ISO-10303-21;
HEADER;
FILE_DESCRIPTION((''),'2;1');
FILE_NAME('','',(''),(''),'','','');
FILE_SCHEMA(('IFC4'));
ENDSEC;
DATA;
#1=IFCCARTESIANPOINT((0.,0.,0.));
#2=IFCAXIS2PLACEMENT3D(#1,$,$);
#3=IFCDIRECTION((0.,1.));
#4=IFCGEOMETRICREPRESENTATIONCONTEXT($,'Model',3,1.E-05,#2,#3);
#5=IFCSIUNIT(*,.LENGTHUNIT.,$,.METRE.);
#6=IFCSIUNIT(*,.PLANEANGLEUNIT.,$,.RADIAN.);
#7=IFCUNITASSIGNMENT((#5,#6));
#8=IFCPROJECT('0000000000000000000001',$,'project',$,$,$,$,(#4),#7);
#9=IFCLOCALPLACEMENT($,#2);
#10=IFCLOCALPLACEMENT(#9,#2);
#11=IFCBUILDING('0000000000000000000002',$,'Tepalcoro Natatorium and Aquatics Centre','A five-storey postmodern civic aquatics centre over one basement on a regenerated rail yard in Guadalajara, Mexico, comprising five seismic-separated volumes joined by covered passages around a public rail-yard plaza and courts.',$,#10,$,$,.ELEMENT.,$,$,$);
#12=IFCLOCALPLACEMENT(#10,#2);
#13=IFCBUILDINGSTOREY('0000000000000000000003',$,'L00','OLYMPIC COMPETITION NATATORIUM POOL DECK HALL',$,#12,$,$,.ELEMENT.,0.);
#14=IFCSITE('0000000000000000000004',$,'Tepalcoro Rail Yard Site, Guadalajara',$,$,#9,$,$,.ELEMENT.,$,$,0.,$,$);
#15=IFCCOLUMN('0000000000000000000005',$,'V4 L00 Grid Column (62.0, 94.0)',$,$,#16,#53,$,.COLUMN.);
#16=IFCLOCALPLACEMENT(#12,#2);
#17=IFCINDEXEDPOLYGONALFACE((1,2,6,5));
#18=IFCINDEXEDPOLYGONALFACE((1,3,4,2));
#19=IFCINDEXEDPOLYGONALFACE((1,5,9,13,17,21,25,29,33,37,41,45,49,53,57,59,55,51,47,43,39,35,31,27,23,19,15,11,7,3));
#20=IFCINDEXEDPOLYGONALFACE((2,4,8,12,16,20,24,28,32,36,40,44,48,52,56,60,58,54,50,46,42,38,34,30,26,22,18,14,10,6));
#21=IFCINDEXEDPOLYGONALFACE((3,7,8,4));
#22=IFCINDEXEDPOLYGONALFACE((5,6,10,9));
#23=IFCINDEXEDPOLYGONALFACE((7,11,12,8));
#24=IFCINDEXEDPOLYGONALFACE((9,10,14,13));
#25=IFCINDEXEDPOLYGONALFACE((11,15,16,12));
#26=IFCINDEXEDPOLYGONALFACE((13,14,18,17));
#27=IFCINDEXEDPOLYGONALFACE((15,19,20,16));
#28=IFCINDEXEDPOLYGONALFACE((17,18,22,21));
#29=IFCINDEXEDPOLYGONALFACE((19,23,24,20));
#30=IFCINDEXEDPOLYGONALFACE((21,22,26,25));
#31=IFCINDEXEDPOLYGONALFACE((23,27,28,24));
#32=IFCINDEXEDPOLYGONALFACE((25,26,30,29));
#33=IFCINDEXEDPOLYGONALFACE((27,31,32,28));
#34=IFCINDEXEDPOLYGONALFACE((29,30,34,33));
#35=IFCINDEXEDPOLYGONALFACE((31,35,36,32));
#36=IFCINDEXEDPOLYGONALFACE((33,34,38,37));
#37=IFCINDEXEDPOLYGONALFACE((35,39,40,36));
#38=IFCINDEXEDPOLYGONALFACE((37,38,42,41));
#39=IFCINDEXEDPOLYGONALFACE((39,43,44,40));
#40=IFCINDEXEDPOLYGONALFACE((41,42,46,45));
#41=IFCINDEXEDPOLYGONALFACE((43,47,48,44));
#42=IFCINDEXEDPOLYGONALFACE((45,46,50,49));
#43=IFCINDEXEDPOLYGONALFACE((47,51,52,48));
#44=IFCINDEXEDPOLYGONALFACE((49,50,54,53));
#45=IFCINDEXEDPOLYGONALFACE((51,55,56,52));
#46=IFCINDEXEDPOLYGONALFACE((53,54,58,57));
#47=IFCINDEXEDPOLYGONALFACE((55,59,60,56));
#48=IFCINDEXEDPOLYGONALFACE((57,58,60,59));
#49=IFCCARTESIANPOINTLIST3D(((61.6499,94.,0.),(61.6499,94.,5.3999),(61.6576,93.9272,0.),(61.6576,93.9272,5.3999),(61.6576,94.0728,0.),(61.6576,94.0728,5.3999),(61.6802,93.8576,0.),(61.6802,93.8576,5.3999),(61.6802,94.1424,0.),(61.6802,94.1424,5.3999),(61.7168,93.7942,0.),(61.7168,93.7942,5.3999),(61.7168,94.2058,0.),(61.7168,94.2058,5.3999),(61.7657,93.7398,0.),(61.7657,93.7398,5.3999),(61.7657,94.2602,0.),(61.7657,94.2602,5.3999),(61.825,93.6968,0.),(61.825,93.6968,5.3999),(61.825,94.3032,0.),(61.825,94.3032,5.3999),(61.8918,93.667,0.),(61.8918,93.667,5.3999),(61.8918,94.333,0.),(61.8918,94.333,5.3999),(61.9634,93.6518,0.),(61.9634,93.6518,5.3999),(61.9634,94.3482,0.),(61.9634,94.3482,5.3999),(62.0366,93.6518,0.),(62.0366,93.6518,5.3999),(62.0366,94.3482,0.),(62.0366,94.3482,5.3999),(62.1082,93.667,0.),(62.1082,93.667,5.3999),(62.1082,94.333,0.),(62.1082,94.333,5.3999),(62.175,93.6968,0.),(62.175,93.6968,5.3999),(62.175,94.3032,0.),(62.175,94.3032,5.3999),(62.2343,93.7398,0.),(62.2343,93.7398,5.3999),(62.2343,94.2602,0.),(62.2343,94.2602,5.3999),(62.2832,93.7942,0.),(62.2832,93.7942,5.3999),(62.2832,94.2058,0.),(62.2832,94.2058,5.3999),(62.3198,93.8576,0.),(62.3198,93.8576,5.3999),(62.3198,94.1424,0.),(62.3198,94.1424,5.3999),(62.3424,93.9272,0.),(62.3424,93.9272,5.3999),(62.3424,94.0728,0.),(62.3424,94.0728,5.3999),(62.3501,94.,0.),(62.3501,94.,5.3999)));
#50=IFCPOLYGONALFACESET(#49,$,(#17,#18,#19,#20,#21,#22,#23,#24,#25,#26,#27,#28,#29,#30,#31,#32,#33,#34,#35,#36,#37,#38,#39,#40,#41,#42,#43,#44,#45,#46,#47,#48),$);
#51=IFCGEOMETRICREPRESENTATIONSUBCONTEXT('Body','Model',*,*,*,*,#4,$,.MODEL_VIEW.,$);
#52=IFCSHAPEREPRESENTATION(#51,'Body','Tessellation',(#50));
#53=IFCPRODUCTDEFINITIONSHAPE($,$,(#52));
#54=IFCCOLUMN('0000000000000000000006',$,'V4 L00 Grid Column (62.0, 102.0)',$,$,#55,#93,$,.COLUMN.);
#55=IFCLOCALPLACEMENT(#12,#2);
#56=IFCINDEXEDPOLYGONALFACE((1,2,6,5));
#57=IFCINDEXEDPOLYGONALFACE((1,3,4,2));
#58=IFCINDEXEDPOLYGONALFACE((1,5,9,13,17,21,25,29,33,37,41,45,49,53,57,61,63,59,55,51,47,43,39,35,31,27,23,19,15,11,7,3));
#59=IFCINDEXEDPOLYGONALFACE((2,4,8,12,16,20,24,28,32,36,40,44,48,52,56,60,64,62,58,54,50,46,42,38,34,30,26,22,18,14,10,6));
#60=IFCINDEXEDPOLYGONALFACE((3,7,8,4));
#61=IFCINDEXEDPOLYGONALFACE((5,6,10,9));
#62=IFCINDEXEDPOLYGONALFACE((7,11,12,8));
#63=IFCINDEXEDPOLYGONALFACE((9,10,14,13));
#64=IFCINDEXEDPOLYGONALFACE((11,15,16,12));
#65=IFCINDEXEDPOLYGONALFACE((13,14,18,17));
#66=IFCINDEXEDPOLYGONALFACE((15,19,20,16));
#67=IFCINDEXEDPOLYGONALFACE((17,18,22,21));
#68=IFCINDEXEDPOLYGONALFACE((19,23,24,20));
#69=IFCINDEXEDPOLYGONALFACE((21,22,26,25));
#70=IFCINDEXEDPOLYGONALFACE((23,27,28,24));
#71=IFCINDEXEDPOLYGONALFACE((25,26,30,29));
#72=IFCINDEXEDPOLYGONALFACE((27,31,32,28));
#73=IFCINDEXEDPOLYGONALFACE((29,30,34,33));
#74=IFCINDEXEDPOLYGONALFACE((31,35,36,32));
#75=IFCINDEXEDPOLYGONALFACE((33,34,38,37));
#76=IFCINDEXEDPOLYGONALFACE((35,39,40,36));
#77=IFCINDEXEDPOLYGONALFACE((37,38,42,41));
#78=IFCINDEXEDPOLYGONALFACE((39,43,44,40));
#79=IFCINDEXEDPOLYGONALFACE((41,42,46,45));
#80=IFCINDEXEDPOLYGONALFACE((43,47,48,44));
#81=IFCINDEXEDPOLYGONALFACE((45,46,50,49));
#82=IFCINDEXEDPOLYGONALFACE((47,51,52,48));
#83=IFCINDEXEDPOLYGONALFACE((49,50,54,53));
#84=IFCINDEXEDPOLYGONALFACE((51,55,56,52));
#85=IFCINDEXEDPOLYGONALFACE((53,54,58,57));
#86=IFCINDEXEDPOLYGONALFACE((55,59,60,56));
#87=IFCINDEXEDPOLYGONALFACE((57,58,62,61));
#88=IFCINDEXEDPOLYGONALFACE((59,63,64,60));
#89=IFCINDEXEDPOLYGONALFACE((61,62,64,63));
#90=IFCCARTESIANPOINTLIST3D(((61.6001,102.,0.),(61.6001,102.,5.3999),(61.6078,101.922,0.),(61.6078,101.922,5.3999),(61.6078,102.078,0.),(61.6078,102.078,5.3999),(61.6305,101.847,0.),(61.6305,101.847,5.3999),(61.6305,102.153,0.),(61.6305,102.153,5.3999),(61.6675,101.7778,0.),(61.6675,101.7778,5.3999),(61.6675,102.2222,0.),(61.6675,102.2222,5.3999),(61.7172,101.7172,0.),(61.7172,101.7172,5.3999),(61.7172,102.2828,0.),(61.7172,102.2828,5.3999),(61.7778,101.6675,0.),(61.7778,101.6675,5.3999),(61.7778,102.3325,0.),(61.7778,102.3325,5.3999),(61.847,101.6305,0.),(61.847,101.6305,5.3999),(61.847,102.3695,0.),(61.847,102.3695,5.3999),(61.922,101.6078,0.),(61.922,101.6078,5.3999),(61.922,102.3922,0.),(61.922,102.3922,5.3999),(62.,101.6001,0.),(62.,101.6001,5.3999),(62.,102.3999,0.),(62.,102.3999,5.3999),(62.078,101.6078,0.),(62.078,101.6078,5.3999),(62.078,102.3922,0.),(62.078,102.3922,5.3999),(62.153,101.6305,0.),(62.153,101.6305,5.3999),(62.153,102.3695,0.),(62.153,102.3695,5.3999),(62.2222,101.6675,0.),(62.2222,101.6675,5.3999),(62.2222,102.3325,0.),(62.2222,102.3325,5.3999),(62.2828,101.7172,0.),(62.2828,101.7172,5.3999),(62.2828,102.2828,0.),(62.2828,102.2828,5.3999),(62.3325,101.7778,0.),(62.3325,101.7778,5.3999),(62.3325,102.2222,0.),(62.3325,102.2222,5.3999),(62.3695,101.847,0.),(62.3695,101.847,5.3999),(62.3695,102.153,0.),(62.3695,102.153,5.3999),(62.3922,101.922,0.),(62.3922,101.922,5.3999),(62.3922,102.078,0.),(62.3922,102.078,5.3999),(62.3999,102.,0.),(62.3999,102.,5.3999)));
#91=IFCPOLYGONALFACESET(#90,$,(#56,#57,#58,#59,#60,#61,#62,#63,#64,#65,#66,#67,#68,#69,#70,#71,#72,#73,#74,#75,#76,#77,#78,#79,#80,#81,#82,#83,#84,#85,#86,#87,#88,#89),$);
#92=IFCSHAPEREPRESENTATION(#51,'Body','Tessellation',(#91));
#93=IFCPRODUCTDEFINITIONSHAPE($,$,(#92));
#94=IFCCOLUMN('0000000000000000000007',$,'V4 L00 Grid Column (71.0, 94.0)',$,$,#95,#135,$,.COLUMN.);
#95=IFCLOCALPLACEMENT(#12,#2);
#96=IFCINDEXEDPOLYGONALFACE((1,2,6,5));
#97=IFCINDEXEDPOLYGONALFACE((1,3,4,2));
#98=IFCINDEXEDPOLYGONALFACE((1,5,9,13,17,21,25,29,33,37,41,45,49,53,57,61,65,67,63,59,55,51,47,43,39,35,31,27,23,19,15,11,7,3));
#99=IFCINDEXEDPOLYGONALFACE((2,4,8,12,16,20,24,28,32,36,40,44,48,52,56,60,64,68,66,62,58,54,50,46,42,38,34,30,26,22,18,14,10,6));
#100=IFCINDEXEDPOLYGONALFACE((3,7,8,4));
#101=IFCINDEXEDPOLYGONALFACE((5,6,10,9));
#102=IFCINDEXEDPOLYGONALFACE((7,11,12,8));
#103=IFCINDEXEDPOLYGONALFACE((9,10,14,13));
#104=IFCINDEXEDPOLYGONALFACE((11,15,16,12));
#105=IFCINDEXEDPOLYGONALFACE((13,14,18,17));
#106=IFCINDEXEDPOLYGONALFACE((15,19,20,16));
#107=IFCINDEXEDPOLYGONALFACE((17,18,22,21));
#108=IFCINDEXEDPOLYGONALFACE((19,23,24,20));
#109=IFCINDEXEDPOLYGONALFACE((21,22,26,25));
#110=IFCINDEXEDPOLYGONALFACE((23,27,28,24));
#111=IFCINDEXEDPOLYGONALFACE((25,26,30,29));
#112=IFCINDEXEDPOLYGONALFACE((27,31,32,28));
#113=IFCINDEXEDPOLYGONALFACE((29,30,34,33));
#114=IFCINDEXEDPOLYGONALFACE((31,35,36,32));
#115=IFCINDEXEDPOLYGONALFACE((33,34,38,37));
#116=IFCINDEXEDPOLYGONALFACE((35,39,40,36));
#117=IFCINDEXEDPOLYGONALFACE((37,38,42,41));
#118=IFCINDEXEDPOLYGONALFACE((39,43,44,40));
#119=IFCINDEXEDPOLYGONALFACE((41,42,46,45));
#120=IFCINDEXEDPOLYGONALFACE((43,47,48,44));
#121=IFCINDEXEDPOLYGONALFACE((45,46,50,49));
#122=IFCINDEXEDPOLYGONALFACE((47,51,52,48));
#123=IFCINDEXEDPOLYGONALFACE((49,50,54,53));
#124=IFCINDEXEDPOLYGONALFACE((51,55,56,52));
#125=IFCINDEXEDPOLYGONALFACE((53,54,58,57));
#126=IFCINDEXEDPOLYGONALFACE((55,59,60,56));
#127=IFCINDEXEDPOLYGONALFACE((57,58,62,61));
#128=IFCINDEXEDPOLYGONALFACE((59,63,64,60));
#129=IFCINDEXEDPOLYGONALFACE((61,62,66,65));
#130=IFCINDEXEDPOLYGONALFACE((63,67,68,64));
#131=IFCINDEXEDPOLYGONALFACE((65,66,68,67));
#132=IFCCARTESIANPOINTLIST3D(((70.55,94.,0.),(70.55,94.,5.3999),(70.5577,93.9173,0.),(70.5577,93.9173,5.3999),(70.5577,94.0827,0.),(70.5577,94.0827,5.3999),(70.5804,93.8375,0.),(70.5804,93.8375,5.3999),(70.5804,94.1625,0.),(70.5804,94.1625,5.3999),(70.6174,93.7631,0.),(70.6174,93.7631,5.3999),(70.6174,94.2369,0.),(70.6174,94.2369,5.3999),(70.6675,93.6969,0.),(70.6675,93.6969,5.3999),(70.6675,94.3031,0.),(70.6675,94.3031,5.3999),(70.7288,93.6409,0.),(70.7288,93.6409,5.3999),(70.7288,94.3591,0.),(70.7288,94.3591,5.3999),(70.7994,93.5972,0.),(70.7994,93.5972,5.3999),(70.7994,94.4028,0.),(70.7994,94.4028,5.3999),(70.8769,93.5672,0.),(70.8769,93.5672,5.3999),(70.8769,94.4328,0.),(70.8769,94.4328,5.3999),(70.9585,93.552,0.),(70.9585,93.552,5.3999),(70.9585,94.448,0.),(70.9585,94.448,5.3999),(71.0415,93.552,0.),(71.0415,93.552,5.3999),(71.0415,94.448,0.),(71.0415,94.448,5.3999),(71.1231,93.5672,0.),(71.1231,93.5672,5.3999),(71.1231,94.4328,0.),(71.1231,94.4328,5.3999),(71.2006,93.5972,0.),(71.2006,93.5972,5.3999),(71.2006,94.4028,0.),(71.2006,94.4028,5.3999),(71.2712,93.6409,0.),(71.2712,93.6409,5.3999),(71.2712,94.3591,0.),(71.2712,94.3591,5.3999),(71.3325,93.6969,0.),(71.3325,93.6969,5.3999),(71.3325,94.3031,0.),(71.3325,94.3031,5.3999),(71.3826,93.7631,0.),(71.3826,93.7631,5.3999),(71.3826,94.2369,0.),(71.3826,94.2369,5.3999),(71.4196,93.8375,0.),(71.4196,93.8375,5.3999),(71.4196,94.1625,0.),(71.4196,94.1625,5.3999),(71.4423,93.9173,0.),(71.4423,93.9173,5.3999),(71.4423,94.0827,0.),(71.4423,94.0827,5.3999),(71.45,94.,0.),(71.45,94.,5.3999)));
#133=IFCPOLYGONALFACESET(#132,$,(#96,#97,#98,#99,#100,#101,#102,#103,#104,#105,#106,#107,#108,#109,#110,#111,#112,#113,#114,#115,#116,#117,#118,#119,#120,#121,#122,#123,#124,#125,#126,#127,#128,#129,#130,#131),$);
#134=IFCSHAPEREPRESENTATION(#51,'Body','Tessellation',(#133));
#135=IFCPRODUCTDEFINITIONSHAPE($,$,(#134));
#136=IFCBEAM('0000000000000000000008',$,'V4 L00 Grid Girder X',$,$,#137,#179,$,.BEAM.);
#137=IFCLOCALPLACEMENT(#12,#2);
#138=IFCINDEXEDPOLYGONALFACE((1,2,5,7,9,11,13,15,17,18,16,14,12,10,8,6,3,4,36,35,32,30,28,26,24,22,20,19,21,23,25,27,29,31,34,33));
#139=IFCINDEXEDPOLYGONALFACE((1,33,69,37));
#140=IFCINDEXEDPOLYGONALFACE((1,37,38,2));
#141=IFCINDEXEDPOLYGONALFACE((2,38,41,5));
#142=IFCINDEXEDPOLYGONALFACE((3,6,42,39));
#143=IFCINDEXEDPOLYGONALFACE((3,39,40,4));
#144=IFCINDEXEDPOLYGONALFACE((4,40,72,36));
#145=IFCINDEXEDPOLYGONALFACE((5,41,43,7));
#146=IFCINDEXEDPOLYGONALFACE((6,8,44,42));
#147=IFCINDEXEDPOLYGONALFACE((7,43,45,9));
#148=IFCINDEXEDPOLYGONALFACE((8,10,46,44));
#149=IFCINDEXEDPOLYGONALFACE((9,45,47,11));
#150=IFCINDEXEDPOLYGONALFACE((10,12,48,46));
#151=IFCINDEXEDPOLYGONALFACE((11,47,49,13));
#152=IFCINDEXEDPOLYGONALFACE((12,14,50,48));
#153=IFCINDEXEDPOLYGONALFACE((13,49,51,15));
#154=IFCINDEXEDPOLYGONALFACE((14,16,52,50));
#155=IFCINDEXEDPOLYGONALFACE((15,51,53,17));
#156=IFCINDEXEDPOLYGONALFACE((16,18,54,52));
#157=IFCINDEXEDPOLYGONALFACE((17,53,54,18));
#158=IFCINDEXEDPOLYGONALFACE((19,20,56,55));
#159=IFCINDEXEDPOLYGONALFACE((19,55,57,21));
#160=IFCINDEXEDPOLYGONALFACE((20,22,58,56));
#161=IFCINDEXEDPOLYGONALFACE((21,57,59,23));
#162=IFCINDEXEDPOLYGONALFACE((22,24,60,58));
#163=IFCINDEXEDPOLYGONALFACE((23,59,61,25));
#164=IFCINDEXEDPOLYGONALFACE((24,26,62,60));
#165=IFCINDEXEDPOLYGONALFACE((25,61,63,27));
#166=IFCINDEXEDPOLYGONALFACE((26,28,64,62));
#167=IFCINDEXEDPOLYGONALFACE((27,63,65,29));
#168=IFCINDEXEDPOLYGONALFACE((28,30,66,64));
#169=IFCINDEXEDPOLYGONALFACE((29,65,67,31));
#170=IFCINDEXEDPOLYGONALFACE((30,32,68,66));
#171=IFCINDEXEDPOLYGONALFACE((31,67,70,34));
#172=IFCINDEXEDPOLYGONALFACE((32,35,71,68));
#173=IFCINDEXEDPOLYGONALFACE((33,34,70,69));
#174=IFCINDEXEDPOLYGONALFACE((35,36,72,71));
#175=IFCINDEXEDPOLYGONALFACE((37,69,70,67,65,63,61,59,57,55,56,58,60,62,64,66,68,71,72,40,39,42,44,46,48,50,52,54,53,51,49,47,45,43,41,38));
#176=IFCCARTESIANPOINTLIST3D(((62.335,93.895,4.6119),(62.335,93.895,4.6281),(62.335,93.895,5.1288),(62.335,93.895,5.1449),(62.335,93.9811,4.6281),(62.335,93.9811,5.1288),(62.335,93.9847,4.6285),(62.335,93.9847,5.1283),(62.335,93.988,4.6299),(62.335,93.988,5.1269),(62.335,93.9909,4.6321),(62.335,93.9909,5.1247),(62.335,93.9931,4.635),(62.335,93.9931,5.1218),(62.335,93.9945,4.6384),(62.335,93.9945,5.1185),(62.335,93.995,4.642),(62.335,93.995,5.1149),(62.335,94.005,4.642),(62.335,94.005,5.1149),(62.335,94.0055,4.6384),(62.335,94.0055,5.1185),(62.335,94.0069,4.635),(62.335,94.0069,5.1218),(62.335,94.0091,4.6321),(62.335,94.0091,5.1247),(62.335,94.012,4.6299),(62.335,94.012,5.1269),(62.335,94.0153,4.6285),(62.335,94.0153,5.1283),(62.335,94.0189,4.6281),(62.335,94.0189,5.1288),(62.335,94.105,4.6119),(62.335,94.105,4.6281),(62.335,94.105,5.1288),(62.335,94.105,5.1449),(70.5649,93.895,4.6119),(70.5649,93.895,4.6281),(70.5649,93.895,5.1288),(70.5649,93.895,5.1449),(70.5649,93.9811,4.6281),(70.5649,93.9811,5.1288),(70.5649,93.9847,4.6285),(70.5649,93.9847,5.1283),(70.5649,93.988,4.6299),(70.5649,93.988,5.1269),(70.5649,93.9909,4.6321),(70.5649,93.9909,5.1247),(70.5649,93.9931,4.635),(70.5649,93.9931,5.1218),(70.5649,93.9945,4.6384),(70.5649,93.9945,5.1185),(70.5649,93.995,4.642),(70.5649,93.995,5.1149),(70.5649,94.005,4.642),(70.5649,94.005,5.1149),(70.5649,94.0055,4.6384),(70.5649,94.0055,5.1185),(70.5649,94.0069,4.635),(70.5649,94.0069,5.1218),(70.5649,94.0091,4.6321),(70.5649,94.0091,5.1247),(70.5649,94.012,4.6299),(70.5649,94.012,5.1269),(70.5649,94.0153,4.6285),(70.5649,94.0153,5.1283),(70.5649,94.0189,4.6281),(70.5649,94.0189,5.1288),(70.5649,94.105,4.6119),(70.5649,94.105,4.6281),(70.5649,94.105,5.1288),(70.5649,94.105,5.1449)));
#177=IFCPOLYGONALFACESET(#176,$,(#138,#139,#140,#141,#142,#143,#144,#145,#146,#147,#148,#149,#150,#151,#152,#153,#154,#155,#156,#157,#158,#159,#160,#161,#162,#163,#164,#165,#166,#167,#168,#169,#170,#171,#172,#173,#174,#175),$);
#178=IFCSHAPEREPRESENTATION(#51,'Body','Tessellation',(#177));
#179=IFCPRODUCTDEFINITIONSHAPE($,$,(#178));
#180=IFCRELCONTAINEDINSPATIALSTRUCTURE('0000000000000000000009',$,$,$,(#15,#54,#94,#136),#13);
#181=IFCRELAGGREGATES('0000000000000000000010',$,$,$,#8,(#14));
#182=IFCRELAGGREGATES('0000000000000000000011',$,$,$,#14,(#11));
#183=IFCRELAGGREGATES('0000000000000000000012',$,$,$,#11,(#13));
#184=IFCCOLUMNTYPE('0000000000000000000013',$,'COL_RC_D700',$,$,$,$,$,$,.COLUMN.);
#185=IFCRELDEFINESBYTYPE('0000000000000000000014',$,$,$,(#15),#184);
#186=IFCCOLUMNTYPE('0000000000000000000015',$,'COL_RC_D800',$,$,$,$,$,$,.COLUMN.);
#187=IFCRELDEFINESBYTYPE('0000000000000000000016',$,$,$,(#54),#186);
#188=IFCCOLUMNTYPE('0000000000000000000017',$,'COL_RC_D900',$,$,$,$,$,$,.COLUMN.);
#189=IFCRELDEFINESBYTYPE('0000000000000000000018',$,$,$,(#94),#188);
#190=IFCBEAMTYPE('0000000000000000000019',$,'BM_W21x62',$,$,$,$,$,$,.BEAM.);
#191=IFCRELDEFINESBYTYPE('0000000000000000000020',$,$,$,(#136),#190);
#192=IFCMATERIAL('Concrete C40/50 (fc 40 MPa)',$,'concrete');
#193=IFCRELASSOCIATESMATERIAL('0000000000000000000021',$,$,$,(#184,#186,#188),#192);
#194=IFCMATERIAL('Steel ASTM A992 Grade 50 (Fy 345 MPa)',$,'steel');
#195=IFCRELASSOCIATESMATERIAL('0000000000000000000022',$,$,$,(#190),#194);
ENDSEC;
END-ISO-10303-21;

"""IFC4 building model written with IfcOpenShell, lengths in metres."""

from ifc_helpers import new_model, si_unit, direction, frame, origin, origin_2d, place, context, subcontext, project, spatial, circle, i_section, extrude, material, material_profile, profile_set, type_object, element, save


model = new_model("IFC4")

# Units and contexts
model_context = context("Model", 3, precision=1e-05, world=origin(), true_north=direction((0.0, 1.0)))
body_context = subcontext(model_context, "Body", "Model", "MODEL_VIEW")
ifc_project = project(units=[si_unit("LENGTHUNIT", "METRE"), si_unit("PLANEANGLEUNIT", "RADIAN")], contexts=[model_context])

# Site, building, storey
site_placement = place(None, origin())
site = spatial("IfcSite", under=ifc_project, at=site_placement, Name="Tepalcoro Rail Yard Site, Guadalajara", CompositionType="ELEMENT", RefElevation=0.0)
building_placement = place(site_placement, origin())
building = spatial("IfcBuilding", under=site, at=building_placement, Name="Tepalcoro Natatorium and Aquatics Centre", Description="A five-storey postmodern civic aquatics centre over one basement on a regenerated rail yard in Guadalajara, Mexico, comprising five seismic-separated volumes joined by covered passages around a public rail-yard plaza and courts.", CompositionType="ELEMENT")
storey_placement = place(building_placement, origin())
storey = spatial("IfcBuildingStorey", under=building, at=storey_placement, Name="L00", Description="OLYMPIC COMPETITION NATATORIUM POOL DECK HALL", CompositionType="ELEMENT", Elevation=0.0)

# Columns
ifc_material_1 = material(Name="Concrete C40/50 (fc 40 MPa)", Category="concrete")
ifc_material_profile_1 = material_profile(ifc_material_1, circle(Radius=0.3501, at=origin_2d()), Name="RCD700")
ifc_profile_set_1 = profile_set([ifc_material_profile_1], Name="Concrete C40/50 (fc 40 MPa)")
column_type_1 = type_object("IfcColumnType", Name="COL_RC_D700", PredefinedType="COLUMN", material=ifc_profile_set_1)
column_1_placement = place(storey_placement, frame((62.0, 94.0, 0.0), z_axis=(0.0, 0.0, 1.0), x_axis=(1.0, 0.0, 0.0)))
element("IfcColumn", 1, at=column_1_placement, inside=storey, type_object=column_type_1, Name="V4 L00 Grid Column (62.0, 94.0)", PredefinedType="COLUMN", context=body_context, shape_type="SweptSolid", body=[
    extrude(circle(Radius=0.3501, at=origin_2d()), origin(), (0.0, 0.0, 1.0), 5.3999),
])
ifc_material_profile_2 = material_profile(ifc_material_1, circle(Radius=0.3999, at=origin_2d()), Name="RCD800")
ifc_profile_set_2 = profile_set([ifc_material_profile_2], Name="Concrete C40/50 (fc 40 MPa)")
column_type_2 = type_object("IfcColumnType", Name="COL_RC_D800", PredefinedType="COLUMN", material=ifc_profile_set_2)
column_2_placement = place(storey_placement, frame((62.0, 102.0, 0.0), z_axis=(0.0, 0.0, 1.0), x_axis=(1.0, 0.0, 0.0)))
element("IfcColumn", 2, at=column_2_placement, inside=storey, type_object=column_type_2, Name="V4 L00 Grid Column (62.0, 102.0)", PredefinedType="COLUMN", context=body_context, shape_type="SweptSolid", body=[
    extrude(circle(Radius=0.3999, at=origin_2d()), origin(), (0.0, 0.0, 1.0), 5.3999),
])
ifc_material_profile_3 = material_profile(ifc_material_1, circle(Radius=0.45, at=origin_2d()), Name="RCD900")
ifc_profile_set_3 = profile_set([ifc_material_profile_3], Name="Concrete C40/50 (fc 40 MPa)")
column_type_3 = type_object("IfcColumnType", Name="COL_RC_D900", PredefinedType="COLUMN", material=ifc_profile_set_3)
column_3_placement = place(storey_placement, frame((71.0, 94.0, 0.0), z_axis=(0.0, 0.0, 1.0), x_axis=(1.0, 0.0, 0.0)))
element("IfcColumn", 3, at=column_3_placement, inside=storey, type_object=column_type_3, Name="V4 L00 Grid Column (71.0, 94.0)", PredefinedType="COLUMN", context=body_context, shape_type="SweptSolid", body=[
    extrude(circle(Radius=0.45, at=origin_2d()), origin(), (0.0, 0.0, 1.0), 5.3999),
])

# Beam
ifc_material_2 = material(Name="Steel ASTM A992 Grade 50 (Fy 345 MPa)", Category="steel")
ifc_material_profile_4 = material_profile(ifc_material_2, i_section(OverallWidth=0.21, OverallDepth=0.533, WebThickness=0.01, FlangeThickness=0.0161, FilletRadius=0.0139, at=origin_2d()), Name="W21X62")
ifc_profile_set_4 = profile_set([ifc_material_profile_4], Name="Steel ASTM A992 Grade 50 (Fy 345 MPa)")
beam_type_1 = type_object("IfcBeamType", Name="BM_W21x62", PredefinedType="BEAM", material=ifc_profile_set_4)
beam_1_placement = place(storey_placement, frame((62.335, 94.0, 4.8784), z_axis=(1.0, 0.0, 0.0), x_axis=(0.0, 1.0, 0.0)))
element("IfcBeam", 4, at=beam_1_placement, inside=storey, type_object=beam_type_1, Name="V4 L00 Grid Girder X", PredefinedType="BEAM", context=body_context, shape_type="SweptSolid", body=[
    extrude(i_section(OverallWidth=0.21, OverallDepth=0.533, WebThickness=0.01, FlangeThickness=0.0161, FilletRadius=0.0139, at=origin_2d()), origin(), (0.0, 0.0, 1.0), 8.23),
])

save(model, "model.ifc")
